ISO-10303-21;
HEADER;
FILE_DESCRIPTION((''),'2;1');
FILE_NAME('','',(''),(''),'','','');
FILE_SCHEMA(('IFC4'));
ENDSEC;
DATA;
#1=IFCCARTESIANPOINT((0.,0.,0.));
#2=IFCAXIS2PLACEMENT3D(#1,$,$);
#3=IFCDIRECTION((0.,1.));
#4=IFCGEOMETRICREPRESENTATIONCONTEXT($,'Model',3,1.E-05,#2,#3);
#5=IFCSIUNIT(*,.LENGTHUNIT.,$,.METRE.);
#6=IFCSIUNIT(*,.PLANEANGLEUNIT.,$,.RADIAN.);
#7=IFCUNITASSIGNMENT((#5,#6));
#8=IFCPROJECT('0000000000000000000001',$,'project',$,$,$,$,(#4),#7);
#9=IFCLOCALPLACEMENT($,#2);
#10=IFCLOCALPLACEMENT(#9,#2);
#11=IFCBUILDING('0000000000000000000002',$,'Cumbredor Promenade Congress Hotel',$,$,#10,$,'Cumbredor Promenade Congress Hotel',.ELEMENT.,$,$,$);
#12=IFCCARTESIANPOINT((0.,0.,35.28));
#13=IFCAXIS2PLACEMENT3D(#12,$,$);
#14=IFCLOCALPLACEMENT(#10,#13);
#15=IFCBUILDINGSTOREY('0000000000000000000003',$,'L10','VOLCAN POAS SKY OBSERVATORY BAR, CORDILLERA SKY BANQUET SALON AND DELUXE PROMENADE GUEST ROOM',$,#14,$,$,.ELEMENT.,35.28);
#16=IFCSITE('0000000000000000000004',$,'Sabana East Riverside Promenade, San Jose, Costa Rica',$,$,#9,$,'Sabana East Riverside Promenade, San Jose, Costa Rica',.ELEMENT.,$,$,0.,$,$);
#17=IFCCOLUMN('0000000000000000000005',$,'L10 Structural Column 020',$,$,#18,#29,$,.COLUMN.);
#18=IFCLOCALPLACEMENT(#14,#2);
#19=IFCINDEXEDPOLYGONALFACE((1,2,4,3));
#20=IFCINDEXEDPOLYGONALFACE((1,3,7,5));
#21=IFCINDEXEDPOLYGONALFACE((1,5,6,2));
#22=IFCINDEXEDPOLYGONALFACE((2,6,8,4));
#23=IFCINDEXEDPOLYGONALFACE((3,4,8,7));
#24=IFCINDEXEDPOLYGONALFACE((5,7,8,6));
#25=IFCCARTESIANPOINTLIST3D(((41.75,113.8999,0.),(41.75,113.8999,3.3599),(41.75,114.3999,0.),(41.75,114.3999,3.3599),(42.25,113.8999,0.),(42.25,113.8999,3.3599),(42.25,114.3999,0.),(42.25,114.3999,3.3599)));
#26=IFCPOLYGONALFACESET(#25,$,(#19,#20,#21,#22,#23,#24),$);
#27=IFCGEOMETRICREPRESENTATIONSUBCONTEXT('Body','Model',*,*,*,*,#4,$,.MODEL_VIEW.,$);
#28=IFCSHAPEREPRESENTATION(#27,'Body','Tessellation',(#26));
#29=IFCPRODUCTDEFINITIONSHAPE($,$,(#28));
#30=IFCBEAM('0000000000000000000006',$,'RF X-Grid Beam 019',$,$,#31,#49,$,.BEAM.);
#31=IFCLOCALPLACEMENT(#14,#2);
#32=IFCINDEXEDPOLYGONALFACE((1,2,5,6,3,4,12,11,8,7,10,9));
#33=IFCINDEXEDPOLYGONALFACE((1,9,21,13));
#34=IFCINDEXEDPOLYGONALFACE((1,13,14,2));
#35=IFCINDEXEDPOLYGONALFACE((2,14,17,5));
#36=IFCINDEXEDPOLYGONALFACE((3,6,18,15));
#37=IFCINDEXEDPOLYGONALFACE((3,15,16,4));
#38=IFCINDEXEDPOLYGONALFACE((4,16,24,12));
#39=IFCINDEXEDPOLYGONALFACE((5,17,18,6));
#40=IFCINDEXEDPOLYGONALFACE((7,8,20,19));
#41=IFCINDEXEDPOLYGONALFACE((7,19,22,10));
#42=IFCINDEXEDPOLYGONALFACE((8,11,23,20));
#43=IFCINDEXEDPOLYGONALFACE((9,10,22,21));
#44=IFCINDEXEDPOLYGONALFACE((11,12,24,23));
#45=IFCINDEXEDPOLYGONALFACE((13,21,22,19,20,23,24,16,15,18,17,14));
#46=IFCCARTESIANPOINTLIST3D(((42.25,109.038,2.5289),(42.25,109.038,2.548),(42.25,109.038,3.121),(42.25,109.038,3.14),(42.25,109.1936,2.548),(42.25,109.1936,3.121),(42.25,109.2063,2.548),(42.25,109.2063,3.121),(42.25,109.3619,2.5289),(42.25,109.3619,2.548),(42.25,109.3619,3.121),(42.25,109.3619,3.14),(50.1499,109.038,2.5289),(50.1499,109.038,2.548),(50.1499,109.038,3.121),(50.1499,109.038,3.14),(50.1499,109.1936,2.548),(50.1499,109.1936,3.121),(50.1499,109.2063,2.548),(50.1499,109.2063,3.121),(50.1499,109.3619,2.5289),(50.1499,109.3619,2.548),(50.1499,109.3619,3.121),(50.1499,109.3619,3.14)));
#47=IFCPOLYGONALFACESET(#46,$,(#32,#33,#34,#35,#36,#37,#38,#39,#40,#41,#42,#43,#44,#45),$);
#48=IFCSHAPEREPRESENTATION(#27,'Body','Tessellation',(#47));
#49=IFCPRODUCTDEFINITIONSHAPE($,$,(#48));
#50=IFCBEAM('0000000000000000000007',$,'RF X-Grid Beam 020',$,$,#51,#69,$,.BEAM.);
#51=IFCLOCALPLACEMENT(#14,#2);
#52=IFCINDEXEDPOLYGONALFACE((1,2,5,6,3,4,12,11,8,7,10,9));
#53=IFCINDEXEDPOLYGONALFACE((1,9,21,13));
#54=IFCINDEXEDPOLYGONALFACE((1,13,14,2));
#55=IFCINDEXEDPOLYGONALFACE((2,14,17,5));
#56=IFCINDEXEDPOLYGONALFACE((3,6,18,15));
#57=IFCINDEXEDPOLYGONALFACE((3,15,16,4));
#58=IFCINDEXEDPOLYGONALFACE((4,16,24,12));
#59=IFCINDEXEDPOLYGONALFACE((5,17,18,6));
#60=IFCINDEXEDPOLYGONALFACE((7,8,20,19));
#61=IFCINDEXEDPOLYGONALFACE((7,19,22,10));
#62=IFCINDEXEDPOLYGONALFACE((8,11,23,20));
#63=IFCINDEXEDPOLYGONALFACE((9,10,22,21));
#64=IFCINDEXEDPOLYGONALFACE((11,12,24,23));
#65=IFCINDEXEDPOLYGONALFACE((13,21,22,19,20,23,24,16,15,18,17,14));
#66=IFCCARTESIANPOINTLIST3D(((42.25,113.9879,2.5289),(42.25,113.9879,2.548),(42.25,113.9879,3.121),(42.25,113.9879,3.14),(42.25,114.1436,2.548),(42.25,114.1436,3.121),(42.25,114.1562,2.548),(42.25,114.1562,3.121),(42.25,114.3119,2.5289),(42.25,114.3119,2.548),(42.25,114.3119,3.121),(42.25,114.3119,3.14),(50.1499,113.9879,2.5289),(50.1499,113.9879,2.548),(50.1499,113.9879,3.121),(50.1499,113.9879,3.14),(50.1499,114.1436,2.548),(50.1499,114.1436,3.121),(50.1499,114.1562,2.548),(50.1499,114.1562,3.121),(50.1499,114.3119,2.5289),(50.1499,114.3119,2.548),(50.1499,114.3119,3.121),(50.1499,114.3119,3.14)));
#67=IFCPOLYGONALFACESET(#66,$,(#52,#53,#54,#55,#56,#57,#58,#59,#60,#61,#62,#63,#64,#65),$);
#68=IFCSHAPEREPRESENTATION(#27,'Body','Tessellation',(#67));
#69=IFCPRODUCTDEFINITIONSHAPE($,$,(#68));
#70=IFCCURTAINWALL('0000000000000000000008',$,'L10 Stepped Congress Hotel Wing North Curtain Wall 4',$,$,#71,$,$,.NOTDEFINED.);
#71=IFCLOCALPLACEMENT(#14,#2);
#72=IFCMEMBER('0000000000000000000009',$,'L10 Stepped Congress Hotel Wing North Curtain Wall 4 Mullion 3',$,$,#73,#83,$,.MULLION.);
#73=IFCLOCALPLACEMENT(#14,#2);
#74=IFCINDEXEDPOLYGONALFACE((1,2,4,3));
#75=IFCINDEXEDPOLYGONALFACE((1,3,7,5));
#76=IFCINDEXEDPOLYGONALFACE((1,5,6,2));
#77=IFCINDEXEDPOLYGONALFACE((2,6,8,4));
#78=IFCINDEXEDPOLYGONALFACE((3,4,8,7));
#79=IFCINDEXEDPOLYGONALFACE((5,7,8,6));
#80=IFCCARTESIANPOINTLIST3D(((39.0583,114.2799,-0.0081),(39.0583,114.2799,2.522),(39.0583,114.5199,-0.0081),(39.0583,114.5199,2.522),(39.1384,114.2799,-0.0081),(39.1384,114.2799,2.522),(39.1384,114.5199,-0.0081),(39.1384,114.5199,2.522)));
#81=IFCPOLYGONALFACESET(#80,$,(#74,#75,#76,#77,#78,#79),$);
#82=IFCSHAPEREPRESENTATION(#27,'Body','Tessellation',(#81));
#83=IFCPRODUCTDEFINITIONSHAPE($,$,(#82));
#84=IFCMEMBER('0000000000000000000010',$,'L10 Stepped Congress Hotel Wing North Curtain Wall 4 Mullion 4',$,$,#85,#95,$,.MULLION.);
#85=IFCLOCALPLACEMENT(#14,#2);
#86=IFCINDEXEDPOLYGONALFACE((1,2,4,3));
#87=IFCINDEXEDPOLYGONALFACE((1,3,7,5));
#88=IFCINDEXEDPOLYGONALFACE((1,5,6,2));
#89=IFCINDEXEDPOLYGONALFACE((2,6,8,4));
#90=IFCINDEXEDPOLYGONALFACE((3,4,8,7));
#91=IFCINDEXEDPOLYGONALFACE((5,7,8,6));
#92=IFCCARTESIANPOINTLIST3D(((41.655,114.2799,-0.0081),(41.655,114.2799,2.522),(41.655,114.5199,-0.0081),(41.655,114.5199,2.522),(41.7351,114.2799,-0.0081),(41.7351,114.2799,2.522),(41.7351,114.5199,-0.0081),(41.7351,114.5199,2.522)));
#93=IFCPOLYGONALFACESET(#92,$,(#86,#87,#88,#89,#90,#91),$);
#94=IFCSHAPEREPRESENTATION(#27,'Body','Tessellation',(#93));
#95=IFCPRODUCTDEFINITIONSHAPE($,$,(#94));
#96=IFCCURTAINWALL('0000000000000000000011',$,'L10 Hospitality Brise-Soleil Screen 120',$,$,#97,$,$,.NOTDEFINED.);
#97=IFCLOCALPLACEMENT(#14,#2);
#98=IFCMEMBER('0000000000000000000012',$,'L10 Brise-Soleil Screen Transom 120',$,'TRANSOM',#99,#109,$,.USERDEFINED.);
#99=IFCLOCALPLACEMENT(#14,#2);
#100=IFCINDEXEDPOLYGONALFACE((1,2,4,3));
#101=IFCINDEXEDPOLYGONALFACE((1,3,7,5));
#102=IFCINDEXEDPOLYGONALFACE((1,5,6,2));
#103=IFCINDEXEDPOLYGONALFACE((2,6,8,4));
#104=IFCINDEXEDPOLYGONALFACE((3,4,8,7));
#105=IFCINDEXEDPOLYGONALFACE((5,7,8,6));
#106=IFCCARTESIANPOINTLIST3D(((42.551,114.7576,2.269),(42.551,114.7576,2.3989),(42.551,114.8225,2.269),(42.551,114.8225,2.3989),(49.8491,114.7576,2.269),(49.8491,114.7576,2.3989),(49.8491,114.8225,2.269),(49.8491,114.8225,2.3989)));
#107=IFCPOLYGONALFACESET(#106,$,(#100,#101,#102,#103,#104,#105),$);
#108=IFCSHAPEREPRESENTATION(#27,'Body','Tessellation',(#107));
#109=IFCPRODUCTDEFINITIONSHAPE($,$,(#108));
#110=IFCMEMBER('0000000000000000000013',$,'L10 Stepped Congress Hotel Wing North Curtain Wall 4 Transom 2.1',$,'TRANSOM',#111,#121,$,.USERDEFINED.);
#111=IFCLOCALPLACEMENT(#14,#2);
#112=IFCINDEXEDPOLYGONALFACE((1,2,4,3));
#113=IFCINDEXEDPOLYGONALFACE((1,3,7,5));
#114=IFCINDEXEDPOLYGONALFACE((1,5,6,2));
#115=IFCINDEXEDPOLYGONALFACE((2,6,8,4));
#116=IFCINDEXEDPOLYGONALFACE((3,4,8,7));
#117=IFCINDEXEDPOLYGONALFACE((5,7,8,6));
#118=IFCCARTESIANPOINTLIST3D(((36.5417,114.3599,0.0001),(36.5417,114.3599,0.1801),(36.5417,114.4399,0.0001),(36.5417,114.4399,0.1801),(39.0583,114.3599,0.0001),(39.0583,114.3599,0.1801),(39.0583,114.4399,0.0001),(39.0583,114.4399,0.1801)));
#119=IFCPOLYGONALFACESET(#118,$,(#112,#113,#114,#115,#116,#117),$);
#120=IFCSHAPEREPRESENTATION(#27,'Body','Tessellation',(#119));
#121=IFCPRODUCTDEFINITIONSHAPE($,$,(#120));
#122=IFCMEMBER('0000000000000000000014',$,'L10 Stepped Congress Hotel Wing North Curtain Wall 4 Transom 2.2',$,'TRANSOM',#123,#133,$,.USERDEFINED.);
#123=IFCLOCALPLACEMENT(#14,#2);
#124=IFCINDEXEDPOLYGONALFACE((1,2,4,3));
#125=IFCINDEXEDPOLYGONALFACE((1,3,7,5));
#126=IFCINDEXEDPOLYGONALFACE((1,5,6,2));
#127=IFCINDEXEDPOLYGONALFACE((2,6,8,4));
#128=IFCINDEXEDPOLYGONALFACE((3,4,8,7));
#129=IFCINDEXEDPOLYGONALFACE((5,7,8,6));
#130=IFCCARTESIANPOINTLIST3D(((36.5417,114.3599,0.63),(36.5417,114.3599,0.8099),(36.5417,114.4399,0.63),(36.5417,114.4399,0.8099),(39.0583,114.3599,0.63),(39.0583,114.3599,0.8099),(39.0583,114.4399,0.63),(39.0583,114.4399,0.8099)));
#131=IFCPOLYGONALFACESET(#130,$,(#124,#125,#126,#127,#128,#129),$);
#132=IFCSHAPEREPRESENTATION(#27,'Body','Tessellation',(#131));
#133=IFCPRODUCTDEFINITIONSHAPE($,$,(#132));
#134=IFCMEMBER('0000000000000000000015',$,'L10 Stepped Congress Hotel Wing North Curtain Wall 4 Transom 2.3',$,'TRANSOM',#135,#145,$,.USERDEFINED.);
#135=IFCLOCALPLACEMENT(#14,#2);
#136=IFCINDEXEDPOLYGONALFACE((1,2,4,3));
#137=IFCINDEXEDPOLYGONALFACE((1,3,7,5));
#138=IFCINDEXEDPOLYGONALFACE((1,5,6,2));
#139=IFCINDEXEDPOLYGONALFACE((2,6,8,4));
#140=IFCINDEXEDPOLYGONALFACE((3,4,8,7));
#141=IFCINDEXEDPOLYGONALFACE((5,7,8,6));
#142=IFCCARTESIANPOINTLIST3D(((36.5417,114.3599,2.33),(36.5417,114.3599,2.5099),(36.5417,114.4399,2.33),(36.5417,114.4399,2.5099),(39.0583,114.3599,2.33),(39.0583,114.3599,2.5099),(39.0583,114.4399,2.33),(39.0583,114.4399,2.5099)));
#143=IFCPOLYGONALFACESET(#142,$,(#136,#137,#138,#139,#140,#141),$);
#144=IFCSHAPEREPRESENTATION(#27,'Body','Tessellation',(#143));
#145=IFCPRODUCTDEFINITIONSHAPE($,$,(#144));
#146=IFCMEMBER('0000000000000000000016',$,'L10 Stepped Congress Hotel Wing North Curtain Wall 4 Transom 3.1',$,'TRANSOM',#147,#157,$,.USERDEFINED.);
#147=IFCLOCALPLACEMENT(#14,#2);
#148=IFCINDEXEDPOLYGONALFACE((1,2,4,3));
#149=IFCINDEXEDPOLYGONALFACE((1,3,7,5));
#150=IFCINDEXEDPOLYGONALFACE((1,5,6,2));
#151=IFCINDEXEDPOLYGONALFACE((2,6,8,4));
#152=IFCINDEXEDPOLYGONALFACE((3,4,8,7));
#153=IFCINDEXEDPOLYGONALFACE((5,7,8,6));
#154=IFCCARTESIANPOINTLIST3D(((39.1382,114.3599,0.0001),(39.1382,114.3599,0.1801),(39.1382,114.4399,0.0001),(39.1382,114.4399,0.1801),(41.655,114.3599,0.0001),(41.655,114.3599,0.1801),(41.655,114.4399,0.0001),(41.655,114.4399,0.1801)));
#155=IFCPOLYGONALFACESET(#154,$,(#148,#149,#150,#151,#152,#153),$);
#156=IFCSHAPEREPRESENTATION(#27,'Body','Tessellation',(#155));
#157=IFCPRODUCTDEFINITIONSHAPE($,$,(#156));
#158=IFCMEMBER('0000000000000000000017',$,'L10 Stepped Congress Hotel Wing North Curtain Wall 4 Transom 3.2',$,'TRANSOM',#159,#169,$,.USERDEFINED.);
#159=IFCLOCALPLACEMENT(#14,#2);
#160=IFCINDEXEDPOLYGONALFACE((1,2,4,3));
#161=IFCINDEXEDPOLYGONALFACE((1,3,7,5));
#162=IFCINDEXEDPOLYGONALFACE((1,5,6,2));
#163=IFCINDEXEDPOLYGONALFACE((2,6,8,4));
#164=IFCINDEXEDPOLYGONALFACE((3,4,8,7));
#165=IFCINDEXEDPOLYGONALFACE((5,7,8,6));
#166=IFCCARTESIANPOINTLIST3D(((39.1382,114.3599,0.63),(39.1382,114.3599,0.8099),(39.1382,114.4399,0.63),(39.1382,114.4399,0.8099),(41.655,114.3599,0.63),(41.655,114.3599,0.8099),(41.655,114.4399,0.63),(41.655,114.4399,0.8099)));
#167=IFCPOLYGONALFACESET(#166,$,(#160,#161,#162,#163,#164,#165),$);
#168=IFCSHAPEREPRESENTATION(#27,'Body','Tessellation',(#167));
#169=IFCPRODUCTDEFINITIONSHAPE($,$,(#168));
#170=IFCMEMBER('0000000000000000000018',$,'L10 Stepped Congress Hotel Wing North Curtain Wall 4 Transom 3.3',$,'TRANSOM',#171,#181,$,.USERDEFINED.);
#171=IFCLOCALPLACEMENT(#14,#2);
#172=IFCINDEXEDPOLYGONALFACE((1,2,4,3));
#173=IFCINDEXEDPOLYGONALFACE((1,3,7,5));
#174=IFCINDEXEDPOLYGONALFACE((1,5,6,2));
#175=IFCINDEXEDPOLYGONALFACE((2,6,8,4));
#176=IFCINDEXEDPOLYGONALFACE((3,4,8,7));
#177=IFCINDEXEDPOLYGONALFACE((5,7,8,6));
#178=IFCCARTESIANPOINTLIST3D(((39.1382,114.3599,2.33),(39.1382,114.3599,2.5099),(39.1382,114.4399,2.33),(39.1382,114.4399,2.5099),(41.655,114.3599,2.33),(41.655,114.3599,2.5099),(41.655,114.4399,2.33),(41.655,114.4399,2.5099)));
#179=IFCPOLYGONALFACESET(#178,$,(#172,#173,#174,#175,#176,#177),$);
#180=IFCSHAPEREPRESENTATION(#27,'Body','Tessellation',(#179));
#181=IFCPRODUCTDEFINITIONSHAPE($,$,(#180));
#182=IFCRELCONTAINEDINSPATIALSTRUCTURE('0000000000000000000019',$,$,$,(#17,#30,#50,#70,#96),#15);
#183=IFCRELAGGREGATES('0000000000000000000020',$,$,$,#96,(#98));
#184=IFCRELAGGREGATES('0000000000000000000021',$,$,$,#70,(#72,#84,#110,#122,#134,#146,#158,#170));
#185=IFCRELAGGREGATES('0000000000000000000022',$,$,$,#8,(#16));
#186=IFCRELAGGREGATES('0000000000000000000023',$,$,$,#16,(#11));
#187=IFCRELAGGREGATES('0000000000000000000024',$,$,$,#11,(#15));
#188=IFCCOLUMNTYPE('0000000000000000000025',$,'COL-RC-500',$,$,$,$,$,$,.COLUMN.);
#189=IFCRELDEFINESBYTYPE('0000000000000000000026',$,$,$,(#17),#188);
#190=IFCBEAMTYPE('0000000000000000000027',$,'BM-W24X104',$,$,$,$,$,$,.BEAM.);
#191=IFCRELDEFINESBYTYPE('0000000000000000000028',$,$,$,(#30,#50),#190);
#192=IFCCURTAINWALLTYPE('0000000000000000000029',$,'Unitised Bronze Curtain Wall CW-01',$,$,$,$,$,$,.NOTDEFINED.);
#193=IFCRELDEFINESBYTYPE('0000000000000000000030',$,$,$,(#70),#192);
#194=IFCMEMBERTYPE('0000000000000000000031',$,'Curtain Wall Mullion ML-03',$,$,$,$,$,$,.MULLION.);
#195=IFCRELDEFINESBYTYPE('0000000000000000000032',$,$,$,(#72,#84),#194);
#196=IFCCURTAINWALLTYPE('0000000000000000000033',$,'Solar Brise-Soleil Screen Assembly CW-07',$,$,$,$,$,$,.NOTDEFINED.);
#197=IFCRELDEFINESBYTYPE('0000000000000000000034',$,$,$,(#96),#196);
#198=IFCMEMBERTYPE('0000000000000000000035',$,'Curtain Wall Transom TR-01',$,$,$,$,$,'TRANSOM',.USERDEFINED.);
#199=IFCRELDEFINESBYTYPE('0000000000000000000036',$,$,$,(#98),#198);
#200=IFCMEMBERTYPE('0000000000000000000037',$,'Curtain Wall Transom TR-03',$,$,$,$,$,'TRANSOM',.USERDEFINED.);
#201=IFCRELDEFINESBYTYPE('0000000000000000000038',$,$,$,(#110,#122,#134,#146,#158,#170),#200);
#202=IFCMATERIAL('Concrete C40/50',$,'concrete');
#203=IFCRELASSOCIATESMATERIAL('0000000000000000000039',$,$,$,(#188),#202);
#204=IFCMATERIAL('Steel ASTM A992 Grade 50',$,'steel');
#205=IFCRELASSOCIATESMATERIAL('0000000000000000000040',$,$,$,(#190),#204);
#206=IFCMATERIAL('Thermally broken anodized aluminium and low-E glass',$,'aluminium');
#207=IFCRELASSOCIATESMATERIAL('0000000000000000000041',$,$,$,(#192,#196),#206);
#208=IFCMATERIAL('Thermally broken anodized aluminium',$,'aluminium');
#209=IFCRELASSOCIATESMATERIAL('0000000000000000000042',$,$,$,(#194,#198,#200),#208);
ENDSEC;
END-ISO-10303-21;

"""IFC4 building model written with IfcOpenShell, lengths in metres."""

from ifc_helpers import new_model, si_unit, direction, frame, origin, origin_2d, place, context, subcontext, project, spatial, rectangle, i_section, extrude, material, material_profile, profile_set, type_object, element, aggregate, save


model = new_model("IFC4")

# Units and contexts
model_context = context("Model", 3, precision=1e-05, world=origin(), true_north=direction((0.0, 1.0)))
body_context = subcontext(model_context, "Body", "Model", "MODEL_VIEW")
ifc_project = project(units=[si_unit("LENGTHUNIT", "METRE"), si_unit("PLANEANGLEUNIT", "RADIAN")], contexts=[model_context])

# Site, building, storey
site_placement = place(None, origin())
site = spatial("IfcSite", under=ifc_project, at=site_placement, Name="Sabana East Riverside Promenade, San Jose, Costa Rica", LongName="Sabana East Riverside Promenade, San Jose, Costa Rica", CompositionType="ELEMENT", RefElevation=0.0)
building_placement = place(site_placement, origin())
building = spatial("IfcBuilding", under=site, at=building_placement, Name="Cumbredor Promenade Congress Hotel", LongName="Cumbredor Promenade Congress Hotel", CompositionType="ELEMENT")
storey_placement = place(building_placement, frame((0.0, 0.0, 35.28)))
storey = spatial("IfcBuildingStorey", under=building, at=storey_placement, Name="L10", Description="VOLCAN POAS SKY OBSERVATORY BAR, CORDILLERA SKY BANQUET SALON AND DELUXE PROMENADE GUEST ROOM", CompositionType="ELEMENT", Elevation=35.28)

# Column
ifc_material_1 = material(Name="Concrete C40/50", Category="concrete")
ifc_material_profile_1 = material_profile(ifc_material_1, rectangle(XDim=0.5, YDim=0.5, at=origin_2d()), Name="RC 500x500")
ifc_profile_set_1 = profile_set([ifc_material_profile_1], Name="Concrete C40/50")
column_type = type_object("IfcColumnType", Name="COL-RC-500", PredefinedType="COLUMN", material=ifc_profile_set_1)
column_placement = place(storey_placement, frame((42.0, 114.1499, 0.0), z_axis=(0.0, 0.0, 1.0), x_axis=(1.0, 0.0, 0.0)))
element("IfcColumn", 1, at=column_placement, inside=storey, type_object=column_type, Name="L10 Structural Column 020", PredefinedType="COLUMN", context=body_context, shape_type="SweptSolid", body=[
    extrude(rectangle(XDim=0.5, YDim=0.5, at=origin_2d()), origin(), (0.0, 0.0, 1.0), 3.3599),
])

# Beams
ifc_material_2 = material(Name="Steel ASTM A992 Grade 50", Category="steel")
ifc_material_profile_2 = material_profile(ifc_material_2, i_section(OverallWidth=0.324, OverallDepth=0.6111, WebThickness=0.0127, FlangeThickness=0.019, at=origin_2d()), Name="W24X104")
ifc_profile_set_2 = profile_set([ifc_material_profile_2], Name="Steel ASTM A992 Grade 50")
beam_type = type_object("IfcBeamType", Name="BM-W24X104", PredefinedType="BEAM", material=ifc_profile_set_2)
for number, where, z_axis, x_axis, name in (
    (2, (42.25, 109.2, 2.8345), (1.0, 0.0, 0.0), (0.0, 1.0, 0.0), "RF X-Grid Beam 019"),
    (3, (42.25, 114.1499, 2.8345), (1.0, 0.0, 0.0), (0.0, 1.0, 0.0), "RF X-Grid Beam 020"),
):
    element("IfcBeam", number, at=place(storey_placement, frame(where, z_axis=z_axis, x_axis=x_axis)), inside=storey, type_object=beam_type, Name=name, PredefinedType="BEAM", context=body_context, shape_type="SweptSolid", body=[
        extrude(i_section(OverallWidth=0.324, OverallDepth=0.6111, WebThickness=0.0127, FlangeThickness=0.019, at=origin_2d()), origin(), (0.0, 0.0, 1.0), 7.8999),
    ])

# Curtain wall, members
ifc_material_3 = material(Name="Thermally broken anodized aluminium and low-E glass", Category="aluminium")
curtain_wall_type_1 = type_object("IfcCurtainWallType", Name="Unitised Bronze Curtain Wall CW-01", PredefinedType="NOTDEFINED", material=ifc_material_3)
curtain_wall_1_placement = place(storey_placement, origin())
curtain_wall_1 = element("IfcCurtainWall", 4, at=curtain_wall_1_placement, inside=storey, type_object=curtain_wall_type_1, Name="L10 Stepped Congress Hotel Wing North Curtain Wall 4", PredefinedType="NOTDEFINED")
ifc_material_4 = material(Name="Thermally broken anodized aluminium", Category="aluminium")
ifc_material_profile_3 = material_profile(ifc_material_4, rectangle(XDim=0.0801, YDim=0.24, at=origin_2d()), Name="ALU MULLION 80x240")
ifc_profile_set_3 = profile_set([ifc_material_profile_3], Name="Thermally broken anodized aluminium")
member_type_1 = type_object("IfcMemberType", Name="Curtain Wall Mullion ML-03", PredefinedType="MULLION", material=ifc_profile_set_3)
member_1_placement = place(storey_placement, frame((39.0984, 114.3999, -0.0081), z_axis=(0.0, 0.0, 1.0), x_axis=(1.0, 0.0, 0.0)))
member_1 = element("IfcMember", 5, at=member_1_placement, type_object=member_type_1, Name="L10 Stepped Congress Hotel Wing North Curtain Wall 4 Mullion 3", PredefinedType="MULLION", context=body_context, shape_type="SweptSolid", body=[
    extrude(rectangle(XDim=0.0801, YDim=0.24, at=origin_2d()), origin(), (0.0, 0.0, 1.0), 2.53),
])
member_2_placement = place(storey_placement, frame((41.6951, 114.3999, -0.0081), z_axis=(0.0, 0.0, 1.0), x_axis=(1.0, 0.0, 0.0)))
member_2 = element("IfcMember", 6, at=member_2_placement, type_object=member_type_1, Name="L10 Stepped Congress Hotel Wing North Curtain Wall 4 Mullion 4", PredefinedType="MULLION", context=body_context, shape_type="SweptSolid", body=[
    extrude(rectangle(XDim=0.0801, YDim=0.24, at=origin_2d()), origin(), (0.0, 0.0, 1.0), 2.53),
])

# Curtain wall, member
curtain_wall_type_2 = type_object("IfcCurtainWallType", Name="Solar Brise-Soleil Screen Assembly CW-07", PredefinedType="NOTDEFINED", material=ifc_material_3)
curtain_wall_2_placement = place(storey_placement, origin())
curtain_wall_2 = element("IfcCurtainWall", 7, at=curtain_wall_2_placement, inside=storey, type_object=curtain_wall_type_2, Name="L10 Hospitality Brise-Soleil Screen 120", PredefinedType="NOTDEFINED")
ifc_material_profile_4 = material_profile(ifc_material_4, rectangle(XDim=0.0649, YDim=0.1299, at=origin_2d()), Name="ALU TRANSOM 65x130")
ifc_profile_set_4 = profile_set([ifc_material_profile_4], Name="Thermally broken anodized aluminium")
member_type_2 = type_object("IfcMemberType", Name="Curtain Wall Transom TR-01", ElementType="TRANSOM", PredefinedType="USERDEFINED", material=ifc_profile_set_4)
member_3_placement = place(storey_placement, frame((42.551, 114.79, 2.334), z_axis=(1.0, 0.0, 0.0), x_axis=(0.0, 1.0, 0.0)))
member_3 = element("IfcMember", 8, at=member_3_placement, type_object=member_type_2, Name="L10 Brise-Soleil Screen Transom 120", ObjectType="TRANSOM", PredefinedType="USERDEFINED", context=body_context, shape_type="SweptSolid", body=[
    extrude(rectangle(XDim=0.0649, YDim=0.1299, at=origin_2d()), origin(), (0.0, 0.0, 1.0), 7.2981),
])

# Members
ifc_material_profile_5 = material_profile(ifc_material_4, rectangle(XDim=0.0801, YDim=0.1799, at=origin_2d()), Name="ALU TRANSOM 80x180")
ifc_profile_set_5 = profile_set([ifc_material_profile_5], Name="Thermally broken anodized aluminium")
member_type_3 = type_object("IfcMemberType", Name="Curtain Wall Transom TR-03", ElementType="TRANSOM", PredefinedType="USERDEFINED", material=ifc_profile_set_5)
member_4_placement = place(storey_placement, frame((36.5417, 114.3999, 0.0901), z_axis=(1.0, 0.0, 0.0), x_axis=(0.0, 1.0, 0.0)))
member_4 = element("IfcMember", 9, at=member_4_placement, type_object=member_type_3, Name="L10 Stepped Congress Hotel Wing North Curtain Wall 4 Transom 2.1", ObjectType="TRANSOM", PredefinedType="USERDEFINED", context=body_context, shape_type="SweptSolid", body=[
    extrude(rectangle(XDim=0.0801, YDim=0.1799, at=origin_2d()), origin(), (0.0, 0.0, 1.0), 2.5166),
])
member_5_placement = place(storey_placement, frame((36.5417, 114.3999, 0.72), z_axis=(1.0, 0.0, 0.0), x_axis=(0.0, 1.0, 0.0)))
member_5 = element("IfcMember", 10, at=member_5_placement, type_object=member_type_3, Name="L10 Stepped Congress Hotel Wing North Curtain Wall 4 Transom 2.2", ObjectType="TRANSOM", PredefinedType="USERDEFINED", context=body_context, shape_type="SweptSolid", body=[
    extrude(rectangle(XDim=0.0801, YDim=0.1799, at=origin_2d()), origin(), (0.0, 0.0, 1.0), 2.5166),
])
member_6_placement = place(storey_placement, frame((36.5417, 114.3999, 2.4199), z_axis=(1.0, 0.0, 0.0), x_axis=(0.0, 1.0, 0.0)))
member_6 = element("IfcMember", 11, at=member_6_placement, type_object=member_type_3, Name="L10 Stepped Congress Hotel Wing North Curtain Wall 4 Transom 2.3", ObjectType="TRANSOM", PredefinedType="USERDEFINED", context=body_context, shape_type="SweptSolid", body=[
    extrude(rectangle(XDim=0.0801, YDim=0.1799, at=origin_2d()), origin(), (0.0, 0.0, 1.0), 2.5166),
])
member_7_placement = place(storey_placement, frame((39.1382, 114.3999, 0.0901), z_axis=(1.0, 0.0, 0.0), x_axis=(0.0, 1.0, 0.0)))
member_7 = element("IfcMember", 12, at=member_7_placement, type_object=member_type_3, Name="L10 Stepped Congress Hotel Wing North Curtain Wall 4 Transom 3.1", ObjectType="TRANSOM", PredefinedType="USERDEFINED", context=body_context, shape_type="SweptSolid", body=[
    extrude(rectangle(XDim=0.0801, YDim=0.1799, at=origin_2d()), origin(), (0.0, 0.0, 1.0), 2.5168),
])
member_8_placement = place(storey_placement, frame((39.1382, 114.3999, 0.72), z_axis=(1.0, 0.0, 0.0), x_axis=(0.0, 1.0, 0.0)))
member_8 = element("IfcMember", 13, at=member_8_placement, type_object=member_type_3, Name="L10 Stepped Congress Hotel Wing North Curtain Wall 4 Transom 3.2", ObjectType="TRANSOM", PredefinedType="USERDEFINED", context=body_context, shape_type="SweptSolid", body=[
    extrude(rectangle(XDim=0.0801, YDim=0.1799, at=origin_2d()), origin(), (0.0, 0.0, 1.0), 2.5168),
])
member_9_placement = place(storey_placement, frame((39.1382, 114.3999, 2.4199), z_axis=(1.0, 0.0, 0.0), x_axis=(0.0, 1.0, 0.0)))
member_9 = element("IfcMember", 14, at=member_9_placement, type_object=member_type_3, Name="L10 Stepped Congress Hotel Wing North Curtain Wall 4 Transom 3.3", ObjectType="TRANSOM", PredefinedType="USERDEFINED", context=body_context, shape_type="SweptSolid", body=[
    extrude(rectangle(XDim=0.0801, YDim=0.1799, at=origin_2d()), origin(), (0.0, 0.0, 1.0), 2.5168),
])
aggregate(curtain_wall_2, [member_3])

aggregate(curtain_wall_1, [member_1, member_2, member_4, member_5, member_6, member_7, member_8, member_9])

save(model, "model.ifc")
